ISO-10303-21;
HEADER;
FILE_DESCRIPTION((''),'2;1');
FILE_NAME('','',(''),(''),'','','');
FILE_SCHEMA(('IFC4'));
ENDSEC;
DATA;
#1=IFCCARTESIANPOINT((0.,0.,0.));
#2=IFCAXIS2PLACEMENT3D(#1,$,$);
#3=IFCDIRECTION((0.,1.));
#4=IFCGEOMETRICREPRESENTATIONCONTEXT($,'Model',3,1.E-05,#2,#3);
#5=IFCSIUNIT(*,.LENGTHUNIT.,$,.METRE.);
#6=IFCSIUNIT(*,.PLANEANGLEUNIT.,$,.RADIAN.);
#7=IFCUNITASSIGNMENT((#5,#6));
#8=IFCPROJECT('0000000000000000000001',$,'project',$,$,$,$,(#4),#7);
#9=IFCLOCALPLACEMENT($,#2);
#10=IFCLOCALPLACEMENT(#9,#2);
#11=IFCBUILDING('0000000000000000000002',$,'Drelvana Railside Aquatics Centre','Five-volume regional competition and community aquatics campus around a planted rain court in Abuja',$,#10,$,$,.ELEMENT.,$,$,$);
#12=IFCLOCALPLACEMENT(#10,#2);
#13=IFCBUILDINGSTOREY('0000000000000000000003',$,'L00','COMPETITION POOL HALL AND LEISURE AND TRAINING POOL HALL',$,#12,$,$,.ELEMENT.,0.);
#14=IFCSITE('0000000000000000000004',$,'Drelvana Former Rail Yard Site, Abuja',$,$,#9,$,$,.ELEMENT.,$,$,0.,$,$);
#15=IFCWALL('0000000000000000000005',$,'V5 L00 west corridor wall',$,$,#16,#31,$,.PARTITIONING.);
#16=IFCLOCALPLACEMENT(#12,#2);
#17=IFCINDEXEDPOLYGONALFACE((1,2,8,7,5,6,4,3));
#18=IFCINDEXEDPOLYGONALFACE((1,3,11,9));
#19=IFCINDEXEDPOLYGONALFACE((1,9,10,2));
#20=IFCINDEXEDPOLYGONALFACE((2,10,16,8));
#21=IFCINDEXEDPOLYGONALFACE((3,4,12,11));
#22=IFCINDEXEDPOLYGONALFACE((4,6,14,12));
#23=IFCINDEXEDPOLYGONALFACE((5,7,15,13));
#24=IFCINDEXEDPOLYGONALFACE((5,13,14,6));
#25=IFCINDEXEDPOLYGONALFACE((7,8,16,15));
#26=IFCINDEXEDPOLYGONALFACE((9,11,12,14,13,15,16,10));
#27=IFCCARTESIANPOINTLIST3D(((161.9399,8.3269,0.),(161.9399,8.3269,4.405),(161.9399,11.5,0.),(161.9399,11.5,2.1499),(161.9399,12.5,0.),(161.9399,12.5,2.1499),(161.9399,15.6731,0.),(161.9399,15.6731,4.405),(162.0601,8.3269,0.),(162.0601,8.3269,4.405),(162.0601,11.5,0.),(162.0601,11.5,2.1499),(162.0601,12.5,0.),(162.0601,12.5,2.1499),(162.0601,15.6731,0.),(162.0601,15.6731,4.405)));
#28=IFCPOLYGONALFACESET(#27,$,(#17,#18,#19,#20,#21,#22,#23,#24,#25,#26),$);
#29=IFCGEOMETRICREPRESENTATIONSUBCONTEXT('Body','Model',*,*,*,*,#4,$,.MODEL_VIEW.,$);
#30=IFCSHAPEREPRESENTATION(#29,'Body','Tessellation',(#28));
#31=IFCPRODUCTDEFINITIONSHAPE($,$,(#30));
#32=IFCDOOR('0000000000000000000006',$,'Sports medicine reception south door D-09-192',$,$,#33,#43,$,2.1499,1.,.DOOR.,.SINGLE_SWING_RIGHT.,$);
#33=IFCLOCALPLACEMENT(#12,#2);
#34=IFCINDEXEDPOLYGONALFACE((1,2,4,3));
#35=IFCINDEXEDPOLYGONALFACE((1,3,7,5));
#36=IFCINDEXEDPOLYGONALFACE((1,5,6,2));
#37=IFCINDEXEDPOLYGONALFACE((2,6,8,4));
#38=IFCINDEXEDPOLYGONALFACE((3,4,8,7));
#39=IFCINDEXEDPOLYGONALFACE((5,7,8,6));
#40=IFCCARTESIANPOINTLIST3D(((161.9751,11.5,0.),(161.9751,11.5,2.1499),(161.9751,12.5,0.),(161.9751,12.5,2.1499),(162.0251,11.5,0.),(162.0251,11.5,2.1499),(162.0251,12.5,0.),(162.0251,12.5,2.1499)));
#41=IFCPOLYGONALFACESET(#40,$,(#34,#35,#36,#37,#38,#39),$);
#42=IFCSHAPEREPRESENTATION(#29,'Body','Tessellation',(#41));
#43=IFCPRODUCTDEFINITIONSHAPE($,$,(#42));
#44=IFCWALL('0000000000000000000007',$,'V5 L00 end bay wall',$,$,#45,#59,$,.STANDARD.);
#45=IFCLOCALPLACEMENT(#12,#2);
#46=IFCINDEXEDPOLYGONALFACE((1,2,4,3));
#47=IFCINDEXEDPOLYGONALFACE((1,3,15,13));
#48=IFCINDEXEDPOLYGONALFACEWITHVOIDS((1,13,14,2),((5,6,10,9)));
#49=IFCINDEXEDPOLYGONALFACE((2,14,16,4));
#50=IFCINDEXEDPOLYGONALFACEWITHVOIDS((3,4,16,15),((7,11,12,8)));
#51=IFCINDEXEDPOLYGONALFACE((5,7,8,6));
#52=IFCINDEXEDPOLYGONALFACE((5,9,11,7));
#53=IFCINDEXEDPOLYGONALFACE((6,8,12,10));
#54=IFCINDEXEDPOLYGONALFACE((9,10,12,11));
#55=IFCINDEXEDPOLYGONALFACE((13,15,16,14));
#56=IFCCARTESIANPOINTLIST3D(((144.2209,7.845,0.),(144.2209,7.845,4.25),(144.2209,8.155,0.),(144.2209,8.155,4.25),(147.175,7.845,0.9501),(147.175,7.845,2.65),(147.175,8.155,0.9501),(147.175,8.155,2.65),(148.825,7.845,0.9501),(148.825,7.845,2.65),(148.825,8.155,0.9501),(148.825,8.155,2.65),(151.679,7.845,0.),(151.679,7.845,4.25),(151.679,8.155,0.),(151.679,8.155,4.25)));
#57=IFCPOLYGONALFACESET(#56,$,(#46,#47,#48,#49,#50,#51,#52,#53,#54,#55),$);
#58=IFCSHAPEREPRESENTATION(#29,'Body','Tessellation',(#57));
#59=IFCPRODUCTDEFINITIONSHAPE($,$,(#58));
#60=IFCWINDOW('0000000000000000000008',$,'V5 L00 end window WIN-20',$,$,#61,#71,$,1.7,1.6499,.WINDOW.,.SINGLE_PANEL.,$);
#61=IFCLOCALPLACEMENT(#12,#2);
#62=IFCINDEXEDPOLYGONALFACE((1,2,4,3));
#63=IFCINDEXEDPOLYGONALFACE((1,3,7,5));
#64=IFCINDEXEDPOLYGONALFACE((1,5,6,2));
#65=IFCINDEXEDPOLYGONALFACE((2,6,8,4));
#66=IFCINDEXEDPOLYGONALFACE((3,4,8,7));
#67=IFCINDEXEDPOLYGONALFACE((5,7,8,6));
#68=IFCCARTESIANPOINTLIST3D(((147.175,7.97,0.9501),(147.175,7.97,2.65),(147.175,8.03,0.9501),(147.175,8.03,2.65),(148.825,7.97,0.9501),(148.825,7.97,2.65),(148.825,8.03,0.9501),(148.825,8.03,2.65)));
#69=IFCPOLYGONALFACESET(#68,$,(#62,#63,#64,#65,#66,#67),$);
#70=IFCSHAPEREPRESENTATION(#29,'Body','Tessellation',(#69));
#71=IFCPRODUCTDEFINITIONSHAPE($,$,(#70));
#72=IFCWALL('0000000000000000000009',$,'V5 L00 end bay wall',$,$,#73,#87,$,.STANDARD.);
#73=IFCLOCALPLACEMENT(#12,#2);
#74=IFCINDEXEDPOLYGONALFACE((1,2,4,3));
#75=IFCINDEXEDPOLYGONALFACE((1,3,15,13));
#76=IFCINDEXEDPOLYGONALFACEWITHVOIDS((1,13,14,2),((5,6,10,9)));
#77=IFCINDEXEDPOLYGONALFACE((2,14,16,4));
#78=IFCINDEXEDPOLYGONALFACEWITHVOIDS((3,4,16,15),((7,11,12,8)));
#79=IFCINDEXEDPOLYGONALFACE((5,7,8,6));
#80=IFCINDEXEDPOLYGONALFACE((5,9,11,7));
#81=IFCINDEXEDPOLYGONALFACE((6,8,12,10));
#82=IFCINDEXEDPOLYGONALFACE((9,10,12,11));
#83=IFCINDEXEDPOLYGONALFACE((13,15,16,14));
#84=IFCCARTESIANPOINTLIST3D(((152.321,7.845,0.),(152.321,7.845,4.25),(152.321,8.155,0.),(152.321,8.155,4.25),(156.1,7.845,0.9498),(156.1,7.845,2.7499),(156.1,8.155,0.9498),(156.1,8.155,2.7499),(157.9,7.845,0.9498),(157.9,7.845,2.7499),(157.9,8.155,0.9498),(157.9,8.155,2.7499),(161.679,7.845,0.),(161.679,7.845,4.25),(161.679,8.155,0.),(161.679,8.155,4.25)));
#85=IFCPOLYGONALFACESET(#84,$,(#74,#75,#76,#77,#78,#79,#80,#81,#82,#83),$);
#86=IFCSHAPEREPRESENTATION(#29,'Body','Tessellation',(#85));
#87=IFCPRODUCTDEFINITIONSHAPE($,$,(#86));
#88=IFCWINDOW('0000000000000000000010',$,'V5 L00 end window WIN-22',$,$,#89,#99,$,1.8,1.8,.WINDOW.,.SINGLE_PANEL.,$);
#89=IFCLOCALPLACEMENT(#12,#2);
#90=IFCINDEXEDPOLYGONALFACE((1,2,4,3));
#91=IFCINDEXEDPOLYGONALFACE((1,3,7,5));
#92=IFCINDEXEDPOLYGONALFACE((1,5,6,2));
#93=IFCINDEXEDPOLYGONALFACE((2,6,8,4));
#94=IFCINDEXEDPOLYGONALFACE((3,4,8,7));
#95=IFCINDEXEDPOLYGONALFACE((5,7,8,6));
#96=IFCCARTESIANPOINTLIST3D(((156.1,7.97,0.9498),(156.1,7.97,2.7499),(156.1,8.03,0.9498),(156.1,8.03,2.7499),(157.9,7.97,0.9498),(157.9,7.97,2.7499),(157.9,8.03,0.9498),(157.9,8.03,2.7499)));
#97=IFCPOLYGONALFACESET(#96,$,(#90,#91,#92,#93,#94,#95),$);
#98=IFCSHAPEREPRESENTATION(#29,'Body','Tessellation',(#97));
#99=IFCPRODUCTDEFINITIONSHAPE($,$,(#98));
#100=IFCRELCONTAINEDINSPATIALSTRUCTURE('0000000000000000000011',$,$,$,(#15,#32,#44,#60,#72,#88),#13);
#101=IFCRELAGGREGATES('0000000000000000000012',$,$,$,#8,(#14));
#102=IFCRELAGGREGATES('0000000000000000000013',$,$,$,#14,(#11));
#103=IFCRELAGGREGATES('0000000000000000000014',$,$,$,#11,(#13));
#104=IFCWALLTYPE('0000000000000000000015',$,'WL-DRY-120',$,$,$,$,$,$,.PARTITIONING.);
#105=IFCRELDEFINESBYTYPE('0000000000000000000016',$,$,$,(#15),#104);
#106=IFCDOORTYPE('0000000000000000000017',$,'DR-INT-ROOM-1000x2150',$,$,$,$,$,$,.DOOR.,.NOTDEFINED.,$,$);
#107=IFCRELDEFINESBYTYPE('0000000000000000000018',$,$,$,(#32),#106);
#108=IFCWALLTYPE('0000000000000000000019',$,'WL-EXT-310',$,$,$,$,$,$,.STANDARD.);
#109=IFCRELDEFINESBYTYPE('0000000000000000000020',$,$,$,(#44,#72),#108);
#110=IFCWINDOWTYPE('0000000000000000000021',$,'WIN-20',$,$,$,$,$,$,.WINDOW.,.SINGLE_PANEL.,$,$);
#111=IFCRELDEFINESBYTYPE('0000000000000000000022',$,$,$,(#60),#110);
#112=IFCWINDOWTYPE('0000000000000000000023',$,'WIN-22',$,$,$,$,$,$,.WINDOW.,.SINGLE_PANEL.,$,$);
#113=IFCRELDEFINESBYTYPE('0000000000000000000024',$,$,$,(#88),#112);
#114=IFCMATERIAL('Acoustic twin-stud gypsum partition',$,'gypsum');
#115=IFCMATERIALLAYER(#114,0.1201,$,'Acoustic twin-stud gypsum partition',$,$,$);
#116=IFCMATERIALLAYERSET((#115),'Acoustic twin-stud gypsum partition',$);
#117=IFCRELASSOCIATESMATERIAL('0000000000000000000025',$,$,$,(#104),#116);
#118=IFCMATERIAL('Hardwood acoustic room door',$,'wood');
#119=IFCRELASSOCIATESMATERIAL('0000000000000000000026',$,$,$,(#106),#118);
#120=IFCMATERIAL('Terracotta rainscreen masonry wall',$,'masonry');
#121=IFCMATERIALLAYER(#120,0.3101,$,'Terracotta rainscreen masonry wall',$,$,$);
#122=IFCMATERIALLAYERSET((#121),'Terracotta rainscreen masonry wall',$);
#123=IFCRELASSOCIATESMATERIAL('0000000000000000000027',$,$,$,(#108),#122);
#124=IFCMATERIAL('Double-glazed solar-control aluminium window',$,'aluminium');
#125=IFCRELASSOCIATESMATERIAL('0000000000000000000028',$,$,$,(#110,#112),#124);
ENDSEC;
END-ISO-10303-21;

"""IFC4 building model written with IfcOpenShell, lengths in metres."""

from ifc_helpers import new_model, si_unit, direction, frame, frame_2d, origin, place, context, subcontext, project, spatial, rectangle, extrude, material, layer, layer_set, type_object, element, fill, save


model = new_model("IFC4")

# Units and contexts
model_context = context("Model", 3, precision=1e-05, world=origin(), true_north=direction((0.0, 1.0)))
body_context = subcontext(model_context, "Body", "Model", "MODEL_VIEW")
ifc_project = project(units=[si_unit("LENGTHUNIT", "METRE"), si_unit("PLANEANGLEUNIT", "RADIAN")], contexts=[model_context])

# Site, building, storey
site_placement = place(None, origin())
site = spatial("IfcSite", under=ifc_project, at=site_placement, Name="Drelvana Former Rail Yard Site, Abuja", CompositionType="ELEMENT", RefElevation=0.0)
building_placement = place(site_placement, origin())
building = spatial("IfcBuilding", under=site, at=building_placement, Name="Drelvana Railside Aquatics Centre", Description="Five-volume regional competition and community aquatics campus around a planted rain court in Abuja", CompositionType="ELEMENT")
storey_placement = place(building_placement, origin())
storey = spatial("IfcBuildingStorey", under=building, at=storey_placement, Name="L00", Description="COMPETITION POOL HALL AND LEISURE AND TRAINING POOL HALL", CompositionType="ELEMENT", Elevation=0.0)

# Wall, opening, door
ifc_material_1 = material(Name="Acoustic twin-stud gypsum partition", Category="gypsum")
ifc_layer_1 = layer(ifc_material_1, 0.1201, Name="Acoustic twin-stud gypsum partition")
ifc_layer_set_1 = layer_set([ifc_layer_1], Name="Acoustic twin-stud gypsum partition")
wall_type_1 = type_object("IfcWallType", Name="WL-DRY-120", PredefinedType="PARTITIONING", material=ifc_layer_set_1)
wall_1_placement = place(storey_placement, frame((162.0, 8.3269, 0.0), z_axis=(0.0, 0.0, 1.0), x_axis=(0.0, 1.0, 0.0)))
wall_1 = element("IfcWall", 1, at=wall_1_placement, inside=storey, type_object=wall_type_1, Name="V5 L00 west corridor wall", PredefinedType="PARTITIONING", context=body_context, shape_type="SweptSolid", body=[
    extrude(rectangle(XDim=7.3462, YDim=0.1201, at=frame_2d((3.6731, 0.0))), origin(), (0.0, 0.0, 1.0), 4.405),
])
opening_1_placement = place(wall_1_placement, frame((3.1731, 0.0, 0.0)))
opening_1 = element("IfcOpeningElement", 2, at=opening_1_placement, cuts=wall_1, PredefinedType="OPENING", context=body_context, shape_type="SweptSolid", body=[
    extrude(rectangle(XDim=1.0, YDim=2.1499, at=frame_2d((0.5, 1.075))), frame((0.0, 0.0701, 0.0), z_axis=(0.0, -1.0, 0.0), x_axis=(1.0, 0.0, 0.0)), (0.0, 0.0, 1.0), 0.1401),
])
ifc_material_2 = material(Name="Hardwood acoustic room door", Category="wood")
door_type = type_object("IfcDoorType", Name="DR-INT-ROOM-1000x2150", OperationType="NOTDEFINED", PredefinedType="DOOR", material=ifc_material_2)
door_placement = place(opening_1_placement, origin())
door = element("IfcDoor", 3, at=door_placement, inside=storey, type_object=door_type, Name="Sports medicine reception south door D-09-192", OperationType="SINGLE_SWING_RIGHT", OverallHeight=2.1499, OverallWidth=1.0, PredefinedType="DOOR", context=body_context, shape_type="SweptSolid", body=[
    extrude(rectangle(XDim=1.0, YDim=2.1499, at=frame_2d((0.5, 1.075))), frame((0.0, 0.0249, 0.0), z_axis=(0.0, -1.0, 0.0), x_axis=(1.0, 0.0, 0.0)), (0.0, 0.0, 1.0), 0.05),
])
fill(opening_1, door)

# Walls, openings, windows
ifc_material_3 = material(Name="Terracotta rainscreen masonry wall", Category="masonry")
ifc_layer_2 = layer(ifc_material_3, 0.3101, Name="Terracotta rainscreen masonry wall")
ifc_layer_set_2 = layer_set([ifc_layer_2], Name="Terracotta rainscreen masonry wall")
wall_type_2 = type_object("IfcWallType", Name="WL-EXT-310", PredefinedType="STANDARD", material=ifc_layer_set_2)
wall_2_placement = place(storey_placement, frame((144.2209, 8.0, 0.0), z_axis=(0.0, 0.0, 1.0), x_axis=(1.0, 0.0, 0.0)))
wall_2 = element("IfcWall", 4, at=wall_2_placement, inside=storey, type_object=wall_type_2, Name="V5 L00 end bay wall", PredefinedType="STANDARD", context=body_context, shape_type="SweptSolid", body=[
    extrude(rectangle(XDim=7.458, YDim=0.3101, at=frame_2d((3.729, 0.0))), origin(), (0.0, 0.0, 1.0), 4.25),
])
opening_2_placement = place(wall_2_placement, frame((2.9541, 0.0, 0.95)))
opening_2 = element("IfcOpeningElement", 5, at=opening_2_placement, cuts=wall_2, PredefinedType="OPENING", context=body_context, shape_type="SweptSolid", body=[
    extrude(rectangle(XDim=1.6499, YDim=1.7, at=frame_2d((0.825, 0.8501))), frame((0.0, 0.165, 0.0), z_axis=(0.0, -1.0, 0.0), x_axis=(1.0, 0.0, 0.0)), (0.0, 0.0, 1.0), 0.3301),
])
ifc_material_4 = material(Name="Double-glazed solar-control aluminium window", Category="aluminium")
window_type_1 = type_object("IfcWindowType", Name="WIN-20", PartitioningType="SINGLE_PANEL", PredefinedType="WINDOW", material=ifc_material_4)
window_1_placement = place(opening_2_placement, origin())
window_1 = element("IfcWindow", 6, at=window_1_placement, inside=storey, type_object=window_type_1, Name="V5 L00 end window WIN-20", OverallHeight=1.7, OverallWidth=1.6499, PartitioningType="SINGLE_PANEL", PredefinedType="WINDOW", context=body_context, shape_type="SweptSolid", body=[
    extrude(rectangle(XDim=1.6499, YDim=1.7, at=frame_2d((0.825, 0.8501))), frame((0.0, 0.03, 0.0), z_axis=(0.0, -1.0, 0.0), x_axis=(1.0, 0.0, 0.0)), (0.0, 0.0, 1.0), 0.0601),
])
fill(opening_2, window_1)
wall_3_placement = place(storey_placement, frame((152.321, 8.0, 0.0), z_axis=(0.0, 0.0, 1.0), x_axis=(1.0, 0.0, 0.0)))
wall_3 = element("IfcWall", 7, at=wall_3_placement, inside=storey, type_object=wall_type_2, Name="V5 L00 end bay wall", PredefinedType="STANDARD", context=body_context, shape_type="SweptSolid", body=[
    extrude(rectangle(XDim=9.3579, YDim=0.3101, at=frame_2d((4.679, 0.0))), origin(), (0.0, 0.0, 1.0), 4.25),
])
opening_3_placement = place(wall_3_placement, frame((3.7791, 0.0, 0.95)))
opening_3 = element("IfcOpeningElement", 8, at=opening_3_placement, cuts=wall_3, PredefinedType="OPENING", context=body_context, shape_type="SweptSolid", body=[
    extrude(rectangle(XDim=1.8, YDim=1.8, at=frame_2d((0.8999, 0.8999))), frame((0.0, 0.165, 0.0), z_axis=(0.0, -1.0, 0.0), x_axis=(1.0, 0.0, 0.0)), (0.0, 0.0, 1.0), 0.3301),
])
window_type_2 = type_object("IfcWindowType", Name="WIN-22", PartitioningType="SINGLE_PANEL", PredefinedType="WINDOW", material=ifc_material_4)
window_2_placement = place(opening_3_placement, origin())
window_2 = element("IfcWindow", 9, at=window_2_placement, inside=storey, type_object=window_type_2, Name="V5 L00 end window WIN-22", OverallHeight=1.8, OverallWidth=1.8, PartitioningType="SINGLE_PANEL", PredefinedType="WINDOW", context=body_context, shape_type="SweptSolid", body=[
    extrude(rectangle(XDim=1.8, YDim=1.8, at=frame_2d((0.8999, 0.8999))), frame((0.0, 0.03, 0.0), z_axis=(0.0, -1.0, 0.0), x_axis=(1.0, 0.0, 0.0)), (0.0, 0.0, 1.0), 0.0601),
])
fill(opening_3, window_2)

save(model, "model.ifc")
